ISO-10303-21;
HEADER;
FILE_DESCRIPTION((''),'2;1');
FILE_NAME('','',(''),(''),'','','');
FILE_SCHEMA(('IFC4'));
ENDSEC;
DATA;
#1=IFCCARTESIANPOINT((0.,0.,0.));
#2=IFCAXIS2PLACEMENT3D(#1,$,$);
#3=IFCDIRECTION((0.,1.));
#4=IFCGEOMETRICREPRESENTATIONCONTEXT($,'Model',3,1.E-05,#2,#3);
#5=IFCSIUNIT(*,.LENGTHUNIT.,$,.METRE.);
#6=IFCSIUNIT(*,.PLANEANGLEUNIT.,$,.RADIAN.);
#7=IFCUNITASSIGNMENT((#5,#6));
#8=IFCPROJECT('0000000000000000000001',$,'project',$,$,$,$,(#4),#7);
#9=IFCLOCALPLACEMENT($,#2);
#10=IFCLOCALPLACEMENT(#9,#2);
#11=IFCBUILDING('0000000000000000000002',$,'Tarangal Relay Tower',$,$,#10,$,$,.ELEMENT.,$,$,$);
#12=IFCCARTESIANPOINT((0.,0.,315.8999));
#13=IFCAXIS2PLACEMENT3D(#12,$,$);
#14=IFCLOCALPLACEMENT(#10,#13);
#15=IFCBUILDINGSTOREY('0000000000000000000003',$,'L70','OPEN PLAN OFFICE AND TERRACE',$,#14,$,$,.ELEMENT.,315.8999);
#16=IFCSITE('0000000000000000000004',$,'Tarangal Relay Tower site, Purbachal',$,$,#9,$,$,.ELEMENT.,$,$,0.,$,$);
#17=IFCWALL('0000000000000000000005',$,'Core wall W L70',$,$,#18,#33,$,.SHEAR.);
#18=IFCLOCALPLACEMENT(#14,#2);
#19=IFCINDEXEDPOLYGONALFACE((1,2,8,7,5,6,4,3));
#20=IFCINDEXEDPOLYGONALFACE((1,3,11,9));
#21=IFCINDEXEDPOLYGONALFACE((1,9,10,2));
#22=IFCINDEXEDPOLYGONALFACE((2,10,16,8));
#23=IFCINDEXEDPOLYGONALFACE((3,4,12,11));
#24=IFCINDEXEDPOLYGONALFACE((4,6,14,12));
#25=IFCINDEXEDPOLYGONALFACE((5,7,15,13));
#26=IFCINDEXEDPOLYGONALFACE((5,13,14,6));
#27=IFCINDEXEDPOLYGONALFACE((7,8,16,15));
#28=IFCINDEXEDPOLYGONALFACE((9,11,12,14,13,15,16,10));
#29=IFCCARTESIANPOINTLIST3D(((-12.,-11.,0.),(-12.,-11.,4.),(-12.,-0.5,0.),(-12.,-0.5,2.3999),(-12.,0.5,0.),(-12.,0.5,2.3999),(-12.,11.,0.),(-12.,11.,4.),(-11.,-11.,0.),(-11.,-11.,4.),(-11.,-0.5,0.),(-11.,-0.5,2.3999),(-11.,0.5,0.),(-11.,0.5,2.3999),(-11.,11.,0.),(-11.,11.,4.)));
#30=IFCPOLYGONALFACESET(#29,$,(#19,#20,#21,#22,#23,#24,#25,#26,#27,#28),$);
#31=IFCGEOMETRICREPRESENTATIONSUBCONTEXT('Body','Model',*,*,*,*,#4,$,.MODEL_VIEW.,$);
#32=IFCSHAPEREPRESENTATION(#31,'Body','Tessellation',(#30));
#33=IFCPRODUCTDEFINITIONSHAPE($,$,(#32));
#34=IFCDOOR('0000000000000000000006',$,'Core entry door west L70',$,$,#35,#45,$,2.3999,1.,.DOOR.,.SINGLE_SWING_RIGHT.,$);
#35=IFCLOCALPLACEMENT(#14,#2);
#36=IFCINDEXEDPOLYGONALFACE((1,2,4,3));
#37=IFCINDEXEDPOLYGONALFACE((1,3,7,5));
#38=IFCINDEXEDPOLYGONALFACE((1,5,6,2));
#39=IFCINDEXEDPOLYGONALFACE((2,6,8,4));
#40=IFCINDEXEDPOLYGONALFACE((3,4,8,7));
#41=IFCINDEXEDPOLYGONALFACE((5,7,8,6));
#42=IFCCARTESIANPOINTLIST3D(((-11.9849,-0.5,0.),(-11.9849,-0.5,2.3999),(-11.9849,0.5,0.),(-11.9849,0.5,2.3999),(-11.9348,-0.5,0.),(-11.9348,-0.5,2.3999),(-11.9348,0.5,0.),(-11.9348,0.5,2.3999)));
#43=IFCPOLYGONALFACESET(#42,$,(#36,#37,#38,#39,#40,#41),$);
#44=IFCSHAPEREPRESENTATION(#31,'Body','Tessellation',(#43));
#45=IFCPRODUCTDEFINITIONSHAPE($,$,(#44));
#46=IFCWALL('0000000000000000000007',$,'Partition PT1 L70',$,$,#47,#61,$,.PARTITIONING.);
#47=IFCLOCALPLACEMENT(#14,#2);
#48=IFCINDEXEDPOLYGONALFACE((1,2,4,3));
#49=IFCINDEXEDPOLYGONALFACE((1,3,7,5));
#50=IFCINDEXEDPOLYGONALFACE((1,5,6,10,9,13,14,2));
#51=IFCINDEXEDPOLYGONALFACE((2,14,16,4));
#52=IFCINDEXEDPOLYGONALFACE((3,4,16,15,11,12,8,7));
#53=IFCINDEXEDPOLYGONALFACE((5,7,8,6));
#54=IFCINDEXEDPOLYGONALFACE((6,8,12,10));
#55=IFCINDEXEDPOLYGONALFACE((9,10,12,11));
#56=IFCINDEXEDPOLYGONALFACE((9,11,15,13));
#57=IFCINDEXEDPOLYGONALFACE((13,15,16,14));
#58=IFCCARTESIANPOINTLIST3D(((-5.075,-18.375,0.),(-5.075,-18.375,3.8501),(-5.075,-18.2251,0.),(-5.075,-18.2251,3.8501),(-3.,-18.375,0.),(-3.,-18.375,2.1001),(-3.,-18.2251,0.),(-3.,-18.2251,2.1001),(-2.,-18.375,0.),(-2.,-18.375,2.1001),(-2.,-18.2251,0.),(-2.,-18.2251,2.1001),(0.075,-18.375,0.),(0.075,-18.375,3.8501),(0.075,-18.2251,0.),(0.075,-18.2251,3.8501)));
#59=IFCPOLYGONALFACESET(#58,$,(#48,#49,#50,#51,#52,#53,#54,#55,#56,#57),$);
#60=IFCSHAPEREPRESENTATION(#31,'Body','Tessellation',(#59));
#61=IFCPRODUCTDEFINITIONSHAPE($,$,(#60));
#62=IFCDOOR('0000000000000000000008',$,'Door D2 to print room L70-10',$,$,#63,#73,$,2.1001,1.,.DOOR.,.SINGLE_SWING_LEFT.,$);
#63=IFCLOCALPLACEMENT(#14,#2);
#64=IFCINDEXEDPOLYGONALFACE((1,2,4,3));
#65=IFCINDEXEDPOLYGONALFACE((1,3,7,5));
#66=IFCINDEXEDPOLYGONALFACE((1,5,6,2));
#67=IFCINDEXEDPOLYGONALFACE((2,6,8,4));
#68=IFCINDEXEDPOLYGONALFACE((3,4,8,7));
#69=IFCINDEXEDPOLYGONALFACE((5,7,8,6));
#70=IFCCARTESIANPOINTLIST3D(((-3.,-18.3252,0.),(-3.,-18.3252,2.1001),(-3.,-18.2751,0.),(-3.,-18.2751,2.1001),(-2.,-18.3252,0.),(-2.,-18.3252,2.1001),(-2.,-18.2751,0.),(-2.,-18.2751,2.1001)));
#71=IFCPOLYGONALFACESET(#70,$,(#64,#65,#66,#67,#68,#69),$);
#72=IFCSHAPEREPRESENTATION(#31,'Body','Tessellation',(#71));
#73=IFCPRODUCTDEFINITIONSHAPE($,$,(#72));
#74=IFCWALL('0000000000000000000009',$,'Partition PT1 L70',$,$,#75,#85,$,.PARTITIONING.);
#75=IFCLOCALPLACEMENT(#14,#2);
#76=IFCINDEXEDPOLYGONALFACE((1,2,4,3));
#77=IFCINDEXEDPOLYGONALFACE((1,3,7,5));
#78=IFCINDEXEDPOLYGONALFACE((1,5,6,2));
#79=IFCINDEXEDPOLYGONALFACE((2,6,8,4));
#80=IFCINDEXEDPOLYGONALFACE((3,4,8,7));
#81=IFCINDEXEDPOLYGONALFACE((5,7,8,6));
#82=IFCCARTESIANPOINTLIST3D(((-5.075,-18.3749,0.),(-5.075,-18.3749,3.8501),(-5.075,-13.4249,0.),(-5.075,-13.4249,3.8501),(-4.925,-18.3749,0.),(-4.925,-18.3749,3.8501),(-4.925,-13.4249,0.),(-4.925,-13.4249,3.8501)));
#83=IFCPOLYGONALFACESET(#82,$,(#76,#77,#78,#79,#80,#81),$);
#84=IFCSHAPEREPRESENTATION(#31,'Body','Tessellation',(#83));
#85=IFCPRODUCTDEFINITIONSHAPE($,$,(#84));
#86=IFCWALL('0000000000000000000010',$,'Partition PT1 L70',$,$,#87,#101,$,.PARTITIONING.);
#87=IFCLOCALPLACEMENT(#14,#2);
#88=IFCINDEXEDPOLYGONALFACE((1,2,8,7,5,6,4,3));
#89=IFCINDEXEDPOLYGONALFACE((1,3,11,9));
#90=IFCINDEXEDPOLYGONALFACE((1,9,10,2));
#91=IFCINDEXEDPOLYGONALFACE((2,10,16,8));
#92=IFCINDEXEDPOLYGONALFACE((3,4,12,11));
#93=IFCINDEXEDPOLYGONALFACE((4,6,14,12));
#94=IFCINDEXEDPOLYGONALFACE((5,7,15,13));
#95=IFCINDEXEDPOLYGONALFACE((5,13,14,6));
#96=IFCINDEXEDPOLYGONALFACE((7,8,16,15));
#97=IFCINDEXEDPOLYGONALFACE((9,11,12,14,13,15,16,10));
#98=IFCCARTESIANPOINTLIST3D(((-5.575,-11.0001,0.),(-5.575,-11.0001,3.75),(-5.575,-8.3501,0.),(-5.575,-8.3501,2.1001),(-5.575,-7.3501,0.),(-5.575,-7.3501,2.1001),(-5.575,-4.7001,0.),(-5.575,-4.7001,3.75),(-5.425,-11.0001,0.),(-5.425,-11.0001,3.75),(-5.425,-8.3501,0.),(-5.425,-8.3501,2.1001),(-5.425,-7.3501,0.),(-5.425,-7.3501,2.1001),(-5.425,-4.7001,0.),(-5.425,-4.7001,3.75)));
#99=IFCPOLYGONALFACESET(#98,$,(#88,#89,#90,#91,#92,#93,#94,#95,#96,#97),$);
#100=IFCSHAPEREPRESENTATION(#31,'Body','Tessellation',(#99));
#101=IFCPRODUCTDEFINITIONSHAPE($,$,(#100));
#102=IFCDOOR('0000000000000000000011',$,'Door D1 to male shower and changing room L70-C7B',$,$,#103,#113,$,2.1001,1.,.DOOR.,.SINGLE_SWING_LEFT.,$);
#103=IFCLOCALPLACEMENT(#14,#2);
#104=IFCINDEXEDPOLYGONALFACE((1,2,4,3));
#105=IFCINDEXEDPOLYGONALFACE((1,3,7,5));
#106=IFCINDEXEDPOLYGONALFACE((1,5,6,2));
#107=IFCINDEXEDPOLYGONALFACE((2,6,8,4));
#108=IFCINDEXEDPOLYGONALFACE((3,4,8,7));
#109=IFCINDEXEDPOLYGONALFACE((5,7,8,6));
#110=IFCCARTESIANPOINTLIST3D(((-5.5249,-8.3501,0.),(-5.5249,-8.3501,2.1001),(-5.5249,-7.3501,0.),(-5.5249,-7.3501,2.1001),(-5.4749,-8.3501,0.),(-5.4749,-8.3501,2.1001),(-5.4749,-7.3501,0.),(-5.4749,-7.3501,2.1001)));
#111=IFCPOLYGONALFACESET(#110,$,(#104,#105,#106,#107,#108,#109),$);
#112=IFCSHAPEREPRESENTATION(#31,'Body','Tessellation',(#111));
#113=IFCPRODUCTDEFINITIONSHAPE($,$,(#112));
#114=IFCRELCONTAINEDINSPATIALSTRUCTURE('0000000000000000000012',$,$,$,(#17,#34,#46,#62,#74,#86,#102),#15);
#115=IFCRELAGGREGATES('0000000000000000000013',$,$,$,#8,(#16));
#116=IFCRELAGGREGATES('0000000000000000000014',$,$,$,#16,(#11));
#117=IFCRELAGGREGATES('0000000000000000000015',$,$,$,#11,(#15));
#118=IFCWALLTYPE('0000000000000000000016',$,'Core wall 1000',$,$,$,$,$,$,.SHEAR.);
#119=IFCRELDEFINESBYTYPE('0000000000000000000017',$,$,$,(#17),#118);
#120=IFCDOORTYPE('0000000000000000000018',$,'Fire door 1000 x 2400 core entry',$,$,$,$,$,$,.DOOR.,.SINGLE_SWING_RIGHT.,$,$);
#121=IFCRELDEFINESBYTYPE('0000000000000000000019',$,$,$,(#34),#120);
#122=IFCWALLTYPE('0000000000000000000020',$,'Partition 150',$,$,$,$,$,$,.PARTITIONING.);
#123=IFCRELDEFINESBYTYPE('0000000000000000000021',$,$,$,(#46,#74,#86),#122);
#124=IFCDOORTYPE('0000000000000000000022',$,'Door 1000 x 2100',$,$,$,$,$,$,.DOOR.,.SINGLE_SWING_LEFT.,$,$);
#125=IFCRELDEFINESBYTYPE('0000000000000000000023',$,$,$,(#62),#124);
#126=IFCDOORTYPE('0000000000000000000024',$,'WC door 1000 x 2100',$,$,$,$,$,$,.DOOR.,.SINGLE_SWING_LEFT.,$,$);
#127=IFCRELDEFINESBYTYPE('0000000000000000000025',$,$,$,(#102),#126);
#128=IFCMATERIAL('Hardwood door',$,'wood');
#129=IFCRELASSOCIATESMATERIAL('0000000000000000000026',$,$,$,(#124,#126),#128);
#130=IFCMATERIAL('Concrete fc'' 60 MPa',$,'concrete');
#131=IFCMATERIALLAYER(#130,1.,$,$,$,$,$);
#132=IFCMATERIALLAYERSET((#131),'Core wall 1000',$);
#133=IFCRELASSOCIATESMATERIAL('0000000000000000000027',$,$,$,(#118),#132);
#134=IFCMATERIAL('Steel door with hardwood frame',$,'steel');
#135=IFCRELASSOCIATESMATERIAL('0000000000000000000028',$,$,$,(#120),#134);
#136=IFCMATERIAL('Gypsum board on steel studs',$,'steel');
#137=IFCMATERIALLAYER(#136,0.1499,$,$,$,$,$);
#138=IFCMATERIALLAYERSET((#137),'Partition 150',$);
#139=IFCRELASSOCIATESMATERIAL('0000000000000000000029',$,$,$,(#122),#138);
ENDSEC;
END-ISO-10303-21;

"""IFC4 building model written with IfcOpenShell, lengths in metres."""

from ifc_helpers import new_model, si_unit, direction, frame, frame_2d, origin, place, context, subcontext, project, spatial, rectangle, extrude, material, layer, layer_set, type_object, element, fill, save


model = new_model("IFC4")

# Units and contexts
model_context = context("Model", 3, precision=1e-05, world=origin(), true_north=direction((0.0, 1.0)))
body_context = subcontext(model_context, "Body", "Model", "MODEL_VIEW")
ifc_project = project(units=[si_unit("LENGTHUNIT", "METRE"), si_unit("PLANEANGLEUNIT", "RADIAN")], contexts=[model_context])

# Site, building, storey
site_placement = place(None, origin())
site = spatial("IfcSite", under=ifc_project, at=site_placement, Name="Tarangal Relay Tower site, Purbachal", CompositionType="ELEMENT", RefElevation=0.0)
building_placement = place(site_placement, origin())
building = spatial("IfcBuilding", under=site, at=building_placement, Name="Tarangal Relay Tower", CompositionType="ELEMENT")
storey_placement = place(building_placement, frame((0.0, 0.0, 315.8999)))
storey = spatial("IfcBuildingStorey", under=building, at=storey_placement, Name="L70", Description="OPEN PLAN OFFICE AND TERRACE", CompositionType="ELEMENT", Elevation=315.8999)

# Shared definitions
ifc_material_1 = material(Name="Hardwood door", Category="wood")
door_type_1 = type_object("IfcDoorType", Name="Door 1000 x 2100", OperationType="SINGLE_SWING_LEFT", PredefinedType="DOOR", material=ifc_material_1)

# Shared definitions
ifc_material_2 = material(Name="Concrete fc' 60 MPa", Category="concrete")
door_type_2 = type_object("IfcDoorType", Name="WC door 1000 x 2100", OperationType="SINGLE_SWING_LEFT", PredefinedType="DOOR", material=ifc_material_1)

# Walls, openings, doors
ifc_layer_1 = layer(ifc_material_2, 1.0)
ifc_layer_set_1 = layer_set([ifc_layer_1], Name="Core wall 1000")
wall_type_1 = type_object("IfcWallType", Name="Core wall 1000", PredefinedType="SHEAR", material=ifc_layer_set_1)
wall_1_placement = place(storey_placement, frame((-11.5, -11.0, 0.0), z_axis=(0.0, 0.0, 1.0), x_axis=(0.0, 1.0, 0.0)))
wall_1 = element("IfcWall", 1, at=wall_1_placement, inside=storey, type_object=wall_type_1, Name="Core wall W L70", PredefinedType="SHEAR", context=body_context, shape_type="SweptSolid", body=[
    extrude(rectangle(XDim=22.0, YDim=1.0, at=frame_2d((11.0, 0.0))), origin(), (0.0, 0.0, 1.0), 4.0),
])
opening_1_placement = place(wall_1_placement, frame((10.5, 0.0, 0.0)))
opening_1 = element("IfcOpeningElement", 2, at=opening_1_placement, cuts=wall_1, PredefinedType="OPENING", context=body_context, shape_type="SweptSolid", body=[
    extrude(rectangle(XDim=1.0, YDim=2.3999, at=frame_2d((0.5, 1.2))), frame((0.0, 0.51, 0.0), z_axis=(0.0, -1.0, 0.0), x_axis=(1.0, 0.0, 0.0)), (0.0, 0.0, 1.0), 1.02),
])
ifc_material_3 = material(Name="Steel door with hardwood frame", Category="steel")
door_type_3 = type_object("IfcDoorType", Name="Fire door 1000 x 2400 core entry", OperationType="SINGLE_SWING_RIGHT", PredefinedType="DOOR", material=ifc_material_3)
door_1_placement = place(opening_1_placement, origin())
door_1 = element("IfcDoor", 3, at=door_1_placement, inside=storey, type_object=door_type_3, Name="Core entry door west L70", OperationType="SINGLE_SWING_RIGHT", OverallHeight=2.3999, OverallWidth=1.0, PredefinedType="DOOR", context=body_context, shape_type="SweptSolid", body=[
    extrude(rectangle(XDim=1.0, YDim=2.3999, at=frame_2d((0.5, 1.2))), frame((0.0, 0.4849, 0.0), z_axis=(0.0, -1.0, 0.0), x_axis=(1.0, 0.0, 0.0)), (0.0, 0.0, 1.0), 0.05),
])
fill(opening_1, door_1)
ifc_material_4 = material(Name="Gypsum board on steel studs", Category="steel")
ifc_layer_2 = layer(ifc_material_4, 0.1499)
ifc_layer_set_2 = layer_set([ifc_layer_2], Name="Partition 150")
wall_type_2 = type_object("IfcWallType", Name="Partition 150", PredefinedType="PARTITIONING", material=ifc_layer_set_2)
wall_2_placement = place(storey_placement, frame((-5.075, -18.3, 0.0), z_axis=(0.0, 0.0, 1.0), x_axis=(1.0, 0.0, 0.0)))
wall_2 = element("IfcWall", 4, at=wall_2_placement, inside=storey, type_object=wall_type_2, Name="Partition PT1 L70", PredefinedType="PARTITIONING", context=body_context, shape_type="SweptSolid", body=[
    extrude(rectangle(XDim=5.1499, YDim=0.1499, at=frame_2d((2.575, 0.0))), origin(), (0.0, 0.0, 1.0), 3.8501),
])
opening_2_placement = place(wall_2_placement, frame((2.075, 0.0, 0.0)))
opening_2 = element("IfcOpeningElement", 5, at=opening_2_placement, cuts=wall_2, PredefinedType="OPENING", context=body_context, shape_type="SweptSolid", body=[
    extrude(rectangle(XDim=1.0, YDim=2.1001, at=frame_2d((0.5, 1.05))), frame((0.0, 0.085, 0.0), z_axis=(0.0, -1.0, 0.0), x_axis=(1.0, 0.0, 0.0)), (0.0, 0.0, 1.0), 0.1699),
])
door_2_placement = place(opening_2_placement, origin())
door_2 = element("IfcDoor", 6, at=door_2_placement, inside=storey, type_object=door_type_1, Name="Door D2 to print room L70-10", OperationType="SINGLE_SWING_LEFT", OverallHeight=2.1001, OverallWidth=1.0, PredefinedType="DOOR", context=body_context, shape_type="SweptSolid", body=[
    extrude(rectangle(XDim=1.0, YDim=2.1001, at=frame_2d((0.5, 1.05))), frame((0.0, 0.0249, 0.0), z_axis=(0.0, -1.0, 0.0), x_axis=(1.0, 0.0, 0.0)), (0.0, 0.0, 1.0), 0.05),
])
fill(opening_2, door_2)

# Wall
wall_3_placement = place(storey_placement, frame((-5.0, -18.375, 0.0), z_axis=(0.0, 0.0, 1.0), x_axis=(0.0, 1.0, 0.0)))
element("IfcWall", 7, at=wall_3_placement, inside=storey, type_object=wall_type_2, Name="Partition PT1 L70", PredefinedType="PARTITIONING", context=body_context, shape_type="SweptSolid", body=[
    extrude(rectangle(XDim=4.95, YDim=0.1499, at=frame_2d((2.4751, 0.0))), origin(), (0.0, 0.0, 1.0), 3.8501),
])

# Wall, opening, door
wall_4_placement = place(storey_placement, frame((-5.5, -11.0, 0.0), z_axis=(0.0, 0.0, 1.0), x_axis=(0.0, 1.0, 0.0)))
wall_4 = element("IfcWall", 8, at=wall_4_placement, inside=storey, type_object=wall_type_2, Name="Partition PT1 L70", PredefinedType="PARTITIONING", context=body_context, shape_type="SweptSolid", body=[
    extrude(rectangle(XDim=6.3, YDim=0.1499, at=frame_2d((3.1499, 0.0))), origin(), (0.0, 0.0, 1.0), 3.75),
])
opening_3_placement = place(wall_4_placement, frame((2.6499, 0.0, 0.0)))
opening_3 = element("IfcOpeningElement", 9, at=opening_3_placement, cuts=wall_4, PredefinedType="OPENING", context=body_context, shape_type="SweptSolid", body=[
    extrude(rectangle(XDim=1.0, YDim=2.1001, at=frame_2d((0.5, 1.05))), frame((0.0, 0.085, 0.0), z_axis=(0.0, -1.0, 0.0), x_axis=(1.0, 0.0, 0.0)), (0.0, 0.0, 1.0), 0.1699),
])
door_3_placement = place(opening_3_placement, origin())
door_3 = element("IfcDoor", 10, at=door_3_placement, inside=storey, type_object=door_type_2, Name="Door D1 to male shower and changing room L70-C7B", OperationType="SINGLE_SWING_LEFT", OverallHeight=2.1001, OverallWidth=1.0, PredefinedType="DOOR", context=body_context, shape_type="SweptSolid", body=[
    extrude(rectangle(XDim=1.0, YDim=2.1001, at=frame_2d((0.5, 1.05))), frame((0.0, 0.0249, 0.0), z_axis=(0.0, -1.0, 0.0), x_axis=(1.0, 0.0, 0.0)), (0.0, 0.0, 1.0), 0.05),
])
fill(opening_3, door_3)

save(model, "model.ifc")
